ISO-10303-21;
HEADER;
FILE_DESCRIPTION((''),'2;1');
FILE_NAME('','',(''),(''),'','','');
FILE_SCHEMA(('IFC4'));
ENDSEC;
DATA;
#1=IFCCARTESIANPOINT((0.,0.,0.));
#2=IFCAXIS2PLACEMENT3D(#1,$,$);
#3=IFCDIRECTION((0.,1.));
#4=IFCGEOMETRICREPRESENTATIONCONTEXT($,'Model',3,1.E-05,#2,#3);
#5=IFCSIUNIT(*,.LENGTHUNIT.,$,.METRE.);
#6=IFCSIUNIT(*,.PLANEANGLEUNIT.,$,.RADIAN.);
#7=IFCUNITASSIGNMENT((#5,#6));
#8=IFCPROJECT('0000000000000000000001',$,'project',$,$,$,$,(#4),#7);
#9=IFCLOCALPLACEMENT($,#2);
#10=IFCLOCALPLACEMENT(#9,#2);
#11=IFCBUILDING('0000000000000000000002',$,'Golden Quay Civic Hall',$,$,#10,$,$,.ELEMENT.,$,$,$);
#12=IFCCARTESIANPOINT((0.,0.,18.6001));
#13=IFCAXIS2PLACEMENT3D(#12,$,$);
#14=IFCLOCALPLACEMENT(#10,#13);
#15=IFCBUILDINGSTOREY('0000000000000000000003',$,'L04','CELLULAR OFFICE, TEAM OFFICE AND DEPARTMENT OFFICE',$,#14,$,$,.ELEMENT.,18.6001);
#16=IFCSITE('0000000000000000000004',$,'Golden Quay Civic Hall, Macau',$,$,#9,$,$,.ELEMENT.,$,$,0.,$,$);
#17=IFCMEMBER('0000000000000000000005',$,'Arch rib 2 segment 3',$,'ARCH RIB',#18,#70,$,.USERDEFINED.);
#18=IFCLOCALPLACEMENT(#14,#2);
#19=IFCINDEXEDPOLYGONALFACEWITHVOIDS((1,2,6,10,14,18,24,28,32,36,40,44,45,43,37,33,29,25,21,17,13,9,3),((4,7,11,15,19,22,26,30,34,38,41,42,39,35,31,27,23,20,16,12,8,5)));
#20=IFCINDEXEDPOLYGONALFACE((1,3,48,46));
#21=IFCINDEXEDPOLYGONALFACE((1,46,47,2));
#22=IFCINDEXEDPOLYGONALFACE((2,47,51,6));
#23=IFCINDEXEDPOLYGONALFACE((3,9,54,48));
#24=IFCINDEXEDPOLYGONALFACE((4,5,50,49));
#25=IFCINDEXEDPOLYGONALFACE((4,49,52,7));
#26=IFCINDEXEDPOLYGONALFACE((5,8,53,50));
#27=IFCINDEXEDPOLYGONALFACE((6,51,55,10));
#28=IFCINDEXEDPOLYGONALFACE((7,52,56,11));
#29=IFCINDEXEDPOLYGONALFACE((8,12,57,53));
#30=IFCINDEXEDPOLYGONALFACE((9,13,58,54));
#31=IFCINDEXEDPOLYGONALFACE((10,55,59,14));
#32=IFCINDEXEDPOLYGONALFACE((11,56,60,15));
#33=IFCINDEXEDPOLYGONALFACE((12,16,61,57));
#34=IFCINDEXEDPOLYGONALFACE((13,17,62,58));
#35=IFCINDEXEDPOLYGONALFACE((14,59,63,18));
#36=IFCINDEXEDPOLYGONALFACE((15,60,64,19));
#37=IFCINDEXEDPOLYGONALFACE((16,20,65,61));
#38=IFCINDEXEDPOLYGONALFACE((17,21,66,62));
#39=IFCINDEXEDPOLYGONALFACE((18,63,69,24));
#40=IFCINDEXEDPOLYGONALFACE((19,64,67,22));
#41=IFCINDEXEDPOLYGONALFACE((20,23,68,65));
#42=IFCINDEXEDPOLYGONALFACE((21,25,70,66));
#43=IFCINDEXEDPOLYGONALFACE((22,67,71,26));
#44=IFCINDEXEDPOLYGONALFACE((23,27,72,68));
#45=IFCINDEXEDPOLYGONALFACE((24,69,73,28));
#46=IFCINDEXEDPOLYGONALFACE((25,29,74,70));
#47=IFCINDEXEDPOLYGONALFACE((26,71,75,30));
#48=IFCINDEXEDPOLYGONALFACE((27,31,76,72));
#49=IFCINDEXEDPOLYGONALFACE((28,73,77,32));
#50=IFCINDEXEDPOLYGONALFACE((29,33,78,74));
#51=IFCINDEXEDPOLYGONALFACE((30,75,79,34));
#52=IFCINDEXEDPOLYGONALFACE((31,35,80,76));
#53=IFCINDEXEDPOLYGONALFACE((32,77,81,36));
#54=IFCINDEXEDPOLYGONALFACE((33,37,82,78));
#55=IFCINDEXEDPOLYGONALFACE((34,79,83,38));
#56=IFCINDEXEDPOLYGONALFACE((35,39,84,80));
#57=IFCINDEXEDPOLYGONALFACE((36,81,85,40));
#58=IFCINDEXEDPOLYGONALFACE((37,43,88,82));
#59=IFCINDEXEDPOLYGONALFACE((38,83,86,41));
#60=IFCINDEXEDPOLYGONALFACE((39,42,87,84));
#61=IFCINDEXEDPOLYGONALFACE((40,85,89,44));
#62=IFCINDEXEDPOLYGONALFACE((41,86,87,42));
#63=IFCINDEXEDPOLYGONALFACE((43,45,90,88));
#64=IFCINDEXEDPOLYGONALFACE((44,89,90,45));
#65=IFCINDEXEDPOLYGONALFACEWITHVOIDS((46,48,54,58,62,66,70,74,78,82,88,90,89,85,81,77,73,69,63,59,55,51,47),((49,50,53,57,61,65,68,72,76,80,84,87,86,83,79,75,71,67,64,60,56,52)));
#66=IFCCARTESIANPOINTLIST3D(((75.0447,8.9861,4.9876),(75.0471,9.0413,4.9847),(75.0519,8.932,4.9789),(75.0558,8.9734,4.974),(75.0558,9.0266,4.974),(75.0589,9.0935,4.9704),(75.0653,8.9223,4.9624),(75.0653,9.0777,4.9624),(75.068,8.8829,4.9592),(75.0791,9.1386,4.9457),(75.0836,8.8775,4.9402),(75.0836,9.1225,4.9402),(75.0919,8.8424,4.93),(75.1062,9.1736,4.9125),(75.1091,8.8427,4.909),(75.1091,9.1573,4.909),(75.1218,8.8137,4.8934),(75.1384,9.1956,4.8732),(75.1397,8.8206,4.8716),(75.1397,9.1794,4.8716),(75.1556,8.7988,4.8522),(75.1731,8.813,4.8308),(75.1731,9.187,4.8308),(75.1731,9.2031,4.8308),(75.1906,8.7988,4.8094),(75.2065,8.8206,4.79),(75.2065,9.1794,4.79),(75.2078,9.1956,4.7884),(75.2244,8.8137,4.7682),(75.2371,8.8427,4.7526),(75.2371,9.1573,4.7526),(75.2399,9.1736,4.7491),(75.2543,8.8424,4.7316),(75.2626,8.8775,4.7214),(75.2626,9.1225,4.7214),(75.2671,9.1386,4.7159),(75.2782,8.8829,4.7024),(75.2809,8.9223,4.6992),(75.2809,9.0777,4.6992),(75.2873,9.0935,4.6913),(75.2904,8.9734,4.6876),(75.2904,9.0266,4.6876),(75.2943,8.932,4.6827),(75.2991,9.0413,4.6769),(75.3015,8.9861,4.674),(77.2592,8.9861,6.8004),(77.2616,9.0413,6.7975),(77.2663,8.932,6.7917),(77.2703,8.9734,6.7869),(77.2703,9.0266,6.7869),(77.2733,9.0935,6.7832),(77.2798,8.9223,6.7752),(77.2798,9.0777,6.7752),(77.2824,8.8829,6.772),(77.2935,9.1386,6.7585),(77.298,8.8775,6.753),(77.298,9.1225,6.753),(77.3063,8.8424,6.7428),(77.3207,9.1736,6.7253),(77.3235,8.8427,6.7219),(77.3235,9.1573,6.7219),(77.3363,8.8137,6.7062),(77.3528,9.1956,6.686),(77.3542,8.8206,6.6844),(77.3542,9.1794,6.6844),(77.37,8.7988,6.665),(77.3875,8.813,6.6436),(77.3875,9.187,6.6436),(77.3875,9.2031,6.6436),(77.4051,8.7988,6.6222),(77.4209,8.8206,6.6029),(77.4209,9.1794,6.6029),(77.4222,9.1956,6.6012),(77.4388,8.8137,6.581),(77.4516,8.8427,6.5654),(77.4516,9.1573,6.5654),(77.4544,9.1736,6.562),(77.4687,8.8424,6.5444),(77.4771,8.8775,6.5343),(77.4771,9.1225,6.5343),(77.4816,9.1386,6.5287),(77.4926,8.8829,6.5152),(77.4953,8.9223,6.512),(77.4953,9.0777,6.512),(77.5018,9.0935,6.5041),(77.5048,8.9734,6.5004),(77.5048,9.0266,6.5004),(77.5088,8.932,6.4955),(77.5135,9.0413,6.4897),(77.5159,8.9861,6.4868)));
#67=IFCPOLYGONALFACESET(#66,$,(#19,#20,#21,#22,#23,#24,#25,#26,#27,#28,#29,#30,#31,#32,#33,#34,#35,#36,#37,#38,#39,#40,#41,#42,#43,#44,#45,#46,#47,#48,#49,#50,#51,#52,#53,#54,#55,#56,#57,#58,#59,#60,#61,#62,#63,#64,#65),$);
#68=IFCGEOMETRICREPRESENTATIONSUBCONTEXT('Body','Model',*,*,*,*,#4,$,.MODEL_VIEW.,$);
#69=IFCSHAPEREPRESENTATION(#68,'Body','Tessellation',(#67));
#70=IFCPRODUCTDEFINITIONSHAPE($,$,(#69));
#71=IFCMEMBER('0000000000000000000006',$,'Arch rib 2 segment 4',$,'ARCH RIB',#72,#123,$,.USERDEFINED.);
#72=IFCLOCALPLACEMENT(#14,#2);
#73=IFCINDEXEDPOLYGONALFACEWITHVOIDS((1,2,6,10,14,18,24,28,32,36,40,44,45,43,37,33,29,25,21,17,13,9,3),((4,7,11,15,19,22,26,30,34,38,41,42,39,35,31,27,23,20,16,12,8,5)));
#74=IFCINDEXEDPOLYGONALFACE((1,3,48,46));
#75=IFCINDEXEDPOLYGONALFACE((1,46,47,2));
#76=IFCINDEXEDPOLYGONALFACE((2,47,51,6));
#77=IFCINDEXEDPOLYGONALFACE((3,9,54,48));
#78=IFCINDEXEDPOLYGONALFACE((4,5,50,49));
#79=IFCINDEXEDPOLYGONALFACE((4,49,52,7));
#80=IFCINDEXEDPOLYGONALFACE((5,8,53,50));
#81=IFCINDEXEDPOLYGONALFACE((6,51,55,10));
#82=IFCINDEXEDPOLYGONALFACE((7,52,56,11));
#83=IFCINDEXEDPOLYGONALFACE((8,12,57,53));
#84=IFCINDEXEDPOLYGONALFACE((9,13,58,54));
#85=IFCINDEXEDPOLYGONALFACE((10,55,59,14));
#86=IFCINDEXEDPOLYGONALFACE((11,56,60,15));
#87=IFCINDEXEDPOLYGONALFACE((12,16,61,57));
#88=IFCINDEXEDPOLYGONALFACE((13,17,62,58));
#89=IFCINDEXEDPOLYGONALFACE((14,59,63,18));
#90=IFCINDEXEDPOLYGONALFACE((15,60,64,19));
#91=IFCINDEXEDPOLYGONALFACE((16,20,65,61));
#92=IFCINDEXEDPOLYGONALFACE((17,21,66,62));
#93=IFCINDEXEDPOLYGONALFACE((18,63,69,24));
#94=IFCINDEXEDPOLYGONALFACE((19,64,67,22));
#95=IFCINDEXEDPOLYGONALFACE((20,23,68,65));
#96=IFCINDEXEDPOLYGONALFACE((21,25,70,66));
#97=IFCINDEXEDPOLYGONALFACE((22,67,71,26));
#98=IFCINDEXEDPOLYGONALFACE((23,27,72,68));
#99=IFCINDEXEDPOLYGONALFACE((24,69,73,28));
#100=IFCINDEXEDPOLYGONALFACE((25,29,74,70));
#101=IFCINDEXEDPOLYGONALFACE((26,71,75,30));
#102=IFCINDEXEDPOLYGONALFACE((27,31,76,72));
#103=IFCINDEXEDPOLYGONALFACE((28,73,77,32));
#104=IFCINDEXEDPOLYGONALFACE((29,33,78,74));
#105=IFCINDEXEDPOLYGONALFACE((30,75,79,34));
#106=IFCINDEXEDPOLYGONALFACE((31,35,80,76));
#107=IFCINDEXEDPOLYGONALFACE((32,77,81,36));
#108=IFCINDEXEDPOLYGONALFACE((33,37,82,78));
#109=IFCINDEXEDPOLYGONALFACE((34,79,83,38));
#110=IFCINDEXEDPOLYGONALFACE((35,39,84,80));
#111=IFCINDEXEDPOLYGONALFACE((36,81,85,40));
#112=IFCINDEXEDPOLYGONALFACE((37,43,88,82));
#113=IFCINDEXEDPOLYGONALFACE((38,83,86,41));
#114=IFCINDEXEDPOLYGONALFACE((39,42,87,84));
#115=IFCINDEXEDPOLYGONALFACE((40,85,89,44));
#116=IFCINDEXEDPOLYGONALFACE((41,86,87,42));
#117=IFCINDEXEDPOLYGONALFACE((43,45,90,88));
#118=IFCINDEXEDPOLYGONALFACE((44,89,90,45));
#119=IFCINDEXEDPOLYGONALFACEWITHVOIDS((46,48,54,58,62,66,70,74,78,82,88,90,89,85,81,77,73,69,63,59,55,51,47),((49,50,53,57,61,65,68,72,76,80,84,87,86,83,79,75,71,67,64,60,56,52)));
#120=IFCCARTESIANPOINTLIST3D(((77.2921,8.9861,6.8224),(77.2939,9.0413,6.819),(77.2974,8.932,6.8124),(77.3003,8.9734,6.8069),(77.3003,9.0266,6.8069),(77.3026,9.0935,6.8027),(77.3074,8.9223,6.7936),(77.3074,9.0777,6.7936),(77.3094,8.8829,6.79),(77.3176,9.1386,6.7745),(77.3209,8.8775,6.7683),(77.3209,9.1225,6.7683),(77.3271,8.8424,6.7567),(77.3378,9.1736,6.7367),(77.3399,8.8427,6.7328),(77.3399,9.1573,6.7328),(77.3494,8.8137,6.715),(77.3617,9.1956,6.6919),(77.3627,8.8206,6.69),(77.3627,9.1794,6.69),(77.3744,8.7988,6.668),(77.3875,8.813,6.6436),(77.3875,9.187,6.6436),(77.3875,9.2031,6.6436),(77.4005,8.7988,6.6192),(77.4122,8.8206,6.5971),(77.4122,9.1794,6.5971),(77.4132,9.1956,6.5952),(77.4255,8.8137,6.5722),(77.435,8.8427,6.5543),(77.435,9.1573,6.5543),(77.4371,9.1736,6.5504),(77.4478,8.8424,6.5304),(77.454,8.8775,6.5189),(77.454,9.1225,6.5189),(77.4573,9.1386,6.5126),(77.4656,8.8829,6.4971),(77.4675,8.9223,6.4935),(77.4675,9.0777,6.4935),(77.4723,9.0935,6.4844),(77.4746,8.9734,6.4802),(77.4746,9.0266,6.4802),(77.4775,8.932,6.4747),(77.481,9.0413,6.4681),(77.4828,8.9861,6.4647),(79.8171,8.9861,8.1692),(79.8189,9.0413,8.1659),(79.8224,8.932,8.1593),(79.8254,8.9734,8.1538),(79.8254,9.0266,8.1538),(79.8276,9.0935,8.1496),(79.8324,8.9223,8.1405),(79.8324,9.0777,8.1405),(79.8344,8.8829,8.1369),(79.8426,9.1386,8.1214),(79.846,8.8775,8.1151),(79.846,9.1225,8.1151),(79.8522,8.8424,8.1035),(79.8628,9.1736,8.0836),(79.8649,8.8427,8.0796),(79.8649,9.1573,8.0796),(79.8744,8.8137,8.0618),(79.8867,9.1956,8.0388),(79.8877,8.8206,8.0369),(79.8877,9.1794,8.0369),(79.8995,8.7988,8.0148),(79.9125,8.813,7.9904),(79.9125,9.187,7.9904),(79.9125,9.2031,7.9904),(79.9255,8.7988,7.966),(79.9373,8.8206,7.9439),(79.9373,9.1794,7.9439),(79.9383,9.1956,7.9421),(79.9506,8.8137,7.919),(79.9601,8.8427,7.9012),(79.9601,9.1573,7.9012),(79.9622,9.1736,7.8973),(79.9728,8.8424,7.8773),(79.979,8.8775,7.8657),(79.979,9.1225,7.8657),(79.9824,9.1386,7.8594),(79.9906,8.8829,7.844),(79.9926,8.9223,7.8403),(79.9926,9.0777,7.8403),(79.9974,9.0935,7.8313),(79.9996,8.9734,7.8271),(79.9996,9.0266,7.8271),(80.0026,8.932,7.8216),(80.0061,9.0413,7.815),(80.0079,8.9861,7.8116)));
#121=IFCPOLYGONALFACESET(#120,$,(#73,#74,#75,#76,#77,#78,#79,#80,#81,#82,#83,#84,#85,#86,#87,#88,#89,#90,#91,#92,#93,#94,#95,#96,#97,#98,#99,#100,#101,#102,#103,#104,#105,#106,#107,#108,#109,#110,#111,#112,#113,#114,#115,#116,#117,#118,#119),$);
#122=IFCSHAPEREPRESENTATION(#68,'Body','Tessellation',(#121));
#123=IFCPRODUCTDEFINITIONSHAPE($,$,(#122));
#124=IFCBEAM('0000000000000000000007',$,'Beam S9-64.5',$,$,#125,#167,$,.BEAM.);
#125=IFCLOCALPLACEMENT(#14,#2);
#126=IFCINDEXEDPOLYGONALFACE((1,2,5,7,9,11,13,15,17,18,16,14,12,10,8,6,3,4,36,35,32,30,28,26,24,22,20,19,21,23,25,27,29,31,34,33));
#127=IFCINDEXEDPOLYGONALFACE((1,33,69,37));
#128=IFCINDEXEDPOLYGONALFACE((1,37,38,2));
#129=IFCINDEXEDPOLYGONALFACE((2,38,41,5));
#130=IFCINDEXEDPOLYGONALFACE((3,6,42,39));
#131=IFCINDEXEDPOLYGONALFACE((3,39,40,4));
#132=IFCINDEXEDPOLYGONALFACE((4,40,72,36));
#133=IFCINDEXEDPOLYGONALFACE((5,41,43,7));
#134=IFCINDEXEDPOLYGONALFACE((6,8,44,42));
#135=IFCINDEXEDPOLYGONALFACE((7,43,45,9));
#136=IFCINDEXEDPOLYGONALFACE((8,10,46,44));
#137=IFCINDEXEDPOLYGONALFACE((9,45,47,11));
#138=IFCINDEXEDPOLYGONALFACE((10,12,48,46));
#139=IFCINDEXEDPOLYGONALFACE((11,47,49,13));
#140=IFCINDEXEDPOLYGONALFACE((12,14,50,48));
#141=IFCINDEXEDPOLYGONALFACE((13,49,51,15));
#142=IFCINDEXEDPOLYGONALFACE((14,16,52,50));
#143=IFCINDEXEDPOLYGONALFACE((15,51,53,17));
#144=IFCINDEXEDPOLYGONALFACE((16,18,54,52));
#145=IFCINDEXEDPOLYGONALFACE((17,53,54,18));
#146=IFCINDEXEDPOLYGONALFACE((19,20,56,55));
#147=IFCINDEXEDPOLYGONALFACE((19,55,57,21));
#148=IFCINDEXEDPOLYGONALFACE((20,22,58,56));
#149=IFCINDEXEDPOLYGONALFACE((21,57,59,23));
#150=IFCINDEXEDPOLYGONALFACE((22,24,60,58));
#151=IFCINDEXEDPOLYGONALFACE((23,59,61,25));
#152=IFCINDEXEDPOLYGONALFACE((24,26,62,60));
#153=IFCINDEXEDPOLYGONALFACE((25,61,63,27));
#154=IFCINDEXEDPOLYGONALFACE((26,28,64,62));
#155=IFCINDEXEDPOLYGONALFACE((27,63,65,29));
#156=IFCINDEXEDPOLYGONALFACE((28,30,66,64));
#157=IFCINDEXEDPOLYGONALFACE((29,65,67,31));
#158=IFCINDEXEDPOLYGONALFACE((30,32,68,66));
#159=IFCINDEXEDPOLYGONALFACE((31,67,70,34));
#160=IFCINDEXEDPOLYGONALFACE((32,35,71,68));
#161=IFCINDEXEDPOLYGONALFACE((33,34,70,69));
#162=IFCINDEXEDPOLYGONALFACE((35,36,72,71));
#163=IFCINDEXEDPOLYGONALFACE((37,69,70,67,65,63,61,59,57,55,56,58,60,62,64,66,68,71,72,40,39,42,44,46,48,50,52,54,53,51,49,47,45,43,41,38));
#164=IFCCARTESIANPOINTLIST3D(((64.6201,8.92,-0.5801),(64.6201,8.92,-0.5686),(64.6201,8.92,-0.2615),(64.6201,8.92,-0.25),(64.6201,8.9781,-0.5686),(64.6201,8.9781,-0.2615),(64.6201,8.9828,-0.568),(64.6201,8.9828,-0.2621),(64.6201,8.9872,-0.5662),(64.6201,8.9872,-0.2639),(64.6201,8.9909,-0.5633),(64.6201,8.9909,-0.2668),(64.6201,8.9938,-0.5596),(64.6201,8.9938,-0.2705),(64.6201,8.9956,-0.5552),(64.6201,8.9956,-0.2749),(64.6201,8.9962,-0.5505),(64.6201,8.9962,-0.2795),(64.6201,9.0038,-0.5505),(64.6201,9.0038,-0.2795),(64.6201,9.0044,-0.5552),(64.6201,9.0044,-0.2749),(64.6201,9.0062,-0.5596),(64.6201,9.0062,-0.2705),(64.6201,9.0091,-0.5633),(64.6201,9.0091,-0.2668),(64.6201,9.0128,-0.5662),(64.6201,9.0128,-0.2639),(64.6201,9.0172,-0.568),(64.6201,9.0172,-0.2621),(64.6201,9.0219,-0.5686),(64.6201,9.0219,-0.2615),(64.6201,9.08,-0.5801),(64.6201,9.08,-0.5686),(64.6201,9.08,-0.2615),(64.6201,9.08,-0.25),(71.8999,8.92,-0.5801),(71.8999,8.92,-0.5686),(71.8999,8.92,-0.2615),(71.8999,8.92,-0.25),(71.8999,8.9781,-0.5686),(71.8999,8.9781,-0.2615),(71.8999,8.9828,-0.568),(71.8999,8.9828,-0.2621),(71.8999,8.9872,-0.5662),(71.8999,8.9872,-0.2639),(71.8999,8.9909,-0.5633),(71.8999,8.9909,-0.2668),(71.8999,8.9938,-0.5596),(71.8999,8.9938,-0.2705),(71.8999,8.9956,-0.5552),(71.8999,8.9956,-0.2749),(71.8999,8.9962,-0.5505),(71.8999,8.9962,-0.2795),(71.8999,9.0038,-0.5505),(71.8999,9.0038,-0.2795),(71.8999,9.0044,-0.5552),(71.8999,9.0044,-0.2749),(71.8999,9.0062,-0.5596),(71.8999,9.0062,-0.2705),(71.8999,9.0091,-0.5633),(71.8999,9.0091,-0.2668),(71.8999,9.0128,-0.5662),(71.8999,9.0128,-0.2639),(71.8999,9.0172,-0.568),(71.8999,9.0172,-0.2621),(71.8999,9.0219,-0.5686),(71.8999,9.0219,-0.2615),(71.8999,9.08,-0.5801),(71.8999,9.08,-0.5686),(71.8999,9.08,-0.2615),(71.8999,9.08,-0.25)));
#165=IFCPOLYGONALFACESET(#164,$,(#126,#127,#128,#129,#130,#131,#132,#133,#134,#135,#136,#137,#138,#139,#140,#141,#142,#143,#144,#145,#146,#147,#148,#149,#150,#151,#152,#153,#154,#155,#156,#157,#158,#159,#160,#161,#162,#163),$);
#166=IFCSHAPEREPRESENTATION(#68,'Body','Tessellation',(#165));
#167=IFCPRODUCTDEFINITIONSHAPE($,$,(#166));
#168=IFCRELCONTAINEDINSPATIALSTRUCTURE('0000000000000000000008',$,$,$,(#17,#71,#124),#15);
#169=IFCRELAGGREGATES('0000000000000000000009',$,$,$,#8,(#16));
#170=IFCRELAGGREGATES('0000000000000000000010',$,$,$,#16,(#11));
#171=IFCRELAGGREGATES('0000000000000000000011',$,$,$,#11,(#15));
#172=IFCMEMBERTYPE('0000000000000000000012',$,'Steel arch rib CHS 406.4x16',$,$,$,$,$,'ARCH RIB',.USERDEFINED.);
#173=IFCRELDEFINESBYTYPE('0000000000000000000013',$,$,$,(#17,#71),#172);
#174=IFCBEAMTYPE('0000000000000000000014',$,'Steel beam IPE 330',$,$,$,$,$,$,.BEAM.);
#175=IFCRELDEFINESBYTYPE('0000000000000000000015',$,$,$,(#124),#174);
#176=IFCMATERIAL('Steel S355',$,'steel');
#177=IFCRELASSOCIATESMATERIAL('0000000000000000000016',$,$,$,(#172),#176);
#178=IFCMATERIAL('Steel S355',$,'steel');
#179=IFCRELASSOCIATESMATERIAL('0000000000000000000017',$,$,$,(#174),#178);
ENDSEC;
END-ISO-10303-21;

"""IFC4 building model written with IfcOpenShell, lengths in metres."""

from ifc_helpers import new_model, si_unit, direction, frame, origin, origin_2d, place, context, subcontext, project, spatial, hollow_circle, i_section, extrude, material, material_profile, profile_set, type_object, element, save


model = new_model("IFC4")

# Units and contexts
model_context = context("Model", 3, precision=1e-05, world=origin(), true_north=direction((0.0, 1.0)))
body_context = subcontext(model_context, "Body", "Model", "MODEL_VIEW")
ifc_project = project(units=[si_unit("LENGTHUNIT", "METRE"), si_unit("PLANEANGLEUNIT", "RADIAN")], contexts=[model_context])

# Site, building, storey
site_placement = place(None, origin())
site = spatial("IfcSite", under=ifc_project, at=site_placement, Name="Golden Quay Civic Hall, Macau", CompositionType="ELEMENT", RefElevation=0.0)
building_placement = place(site_placement, origin())
building = spatial("IfcBuilding", under=site, at=building_placement, Name="Golden Quay Civic Hall", CompositionType="ELEMENT")
storey_placement = place(building_placement, frame((0.0, 0.0, 18.6001)))
storey = spatial("IfcBuildingStorey", under=building, at=storey_placement, Name="L04", Description="CELLULAR OFFICE, TEAM OFFICE AND DEPARTMENT OFFICE", CompositionType="ELEMENT", Elevation=18.6001)

# Members
ifc_material_1 = material(Name="Steel S355", Category="steel")
ifc_material_profile_1 = material_profile(ifc_material_1, hollow_circle(Radius=0.2031, WallThickness=0.0161, at=origin_2d()), Name="CHS 406.4x16")
ifc_profile_set_1 = profile_set([ifc_material_profile_1], Name="Steel S355")
member_type_1 = type_object("IfcMemberType", Name="Steel arch rib CHS 406.4x16", ElementType="ARCH RIB", PredefinedType="USERDEFINED", material=ifc_profile_set_1)
for number, where, z_axis, x_axis, name in (
    (1, (75.1731, 9.0, 4.8308), (0.773786, 0.0, 0.633447), (0.0, 1.0, 0.0), "Arch rib 2 segment 3"),
    (2, (77.3875, 9.0, 6.6436), (0.882327, 0.0, 0.470637), (0.0, 1.0, 0.0), "Arch rib 2 segment 4"),
):
    element("IfcMember", number, at=place(storey_placement, frame(where, z_axis=z_axis, x_axis=x_axis)), inside=storey, type_object=member_type_1, Name=name, ObjectType="ARCH RIB", PredefinedType="USERDEFINED", context=body_context, shape_type="SweptSolid", body=[
        extrude(hollow_circle(Radius=0.2031, WallThickness=0.0161, at=origin_2d()), origin(), (0.0, 0.0, 1.0), 2.8618),
    ])

# Beam
ifc_material_2 = material(Name="Steel S355", Category="steel")
ifc_material_profile_2 = material_profile(ifc_material_2, i_section(OverallWidth=0.1599, OverallDepth=0.3301, WebThickness=0.0076, FlangeThickness=0.0115, FilletRadius=0.0181, at=origin_2d()), Name="IPE 330")
ifc_profile_set_2 = profile_set([ifc_material_profile_2], Name="Steel S355")
beam_type_1 = type_object("IfcBeamType", Name="Steel beam IPE 330", PredefinedType="BEAM", material=ifc_profile_set_2)
beam_1_placement = place(storey_placement, frame((64.6201, 9.0, -0.415), z_axis=(1.0, 0.0, 0.0), x_axis=(0.0, 1.0, 0.0)))
element("IfcBeam", 3, at=beam_1_placement, inside=storey, type_object=beam_type_1, Name="Beam S9-64.5", PredefinedType="BEAM", context=body_context, shape_type="SweptSolid", body=[
    extrude(i_section(OverallWidth=0.1599, OverallDepth=0.3301, WebThickness=0.0076, FlangeThickness=0.0115, FilletRadius=0.0181, at=origin_2d()), origin(), (0.0, 0.0, 1.0), 7.2798),
])

save(model, "model.ifc")
